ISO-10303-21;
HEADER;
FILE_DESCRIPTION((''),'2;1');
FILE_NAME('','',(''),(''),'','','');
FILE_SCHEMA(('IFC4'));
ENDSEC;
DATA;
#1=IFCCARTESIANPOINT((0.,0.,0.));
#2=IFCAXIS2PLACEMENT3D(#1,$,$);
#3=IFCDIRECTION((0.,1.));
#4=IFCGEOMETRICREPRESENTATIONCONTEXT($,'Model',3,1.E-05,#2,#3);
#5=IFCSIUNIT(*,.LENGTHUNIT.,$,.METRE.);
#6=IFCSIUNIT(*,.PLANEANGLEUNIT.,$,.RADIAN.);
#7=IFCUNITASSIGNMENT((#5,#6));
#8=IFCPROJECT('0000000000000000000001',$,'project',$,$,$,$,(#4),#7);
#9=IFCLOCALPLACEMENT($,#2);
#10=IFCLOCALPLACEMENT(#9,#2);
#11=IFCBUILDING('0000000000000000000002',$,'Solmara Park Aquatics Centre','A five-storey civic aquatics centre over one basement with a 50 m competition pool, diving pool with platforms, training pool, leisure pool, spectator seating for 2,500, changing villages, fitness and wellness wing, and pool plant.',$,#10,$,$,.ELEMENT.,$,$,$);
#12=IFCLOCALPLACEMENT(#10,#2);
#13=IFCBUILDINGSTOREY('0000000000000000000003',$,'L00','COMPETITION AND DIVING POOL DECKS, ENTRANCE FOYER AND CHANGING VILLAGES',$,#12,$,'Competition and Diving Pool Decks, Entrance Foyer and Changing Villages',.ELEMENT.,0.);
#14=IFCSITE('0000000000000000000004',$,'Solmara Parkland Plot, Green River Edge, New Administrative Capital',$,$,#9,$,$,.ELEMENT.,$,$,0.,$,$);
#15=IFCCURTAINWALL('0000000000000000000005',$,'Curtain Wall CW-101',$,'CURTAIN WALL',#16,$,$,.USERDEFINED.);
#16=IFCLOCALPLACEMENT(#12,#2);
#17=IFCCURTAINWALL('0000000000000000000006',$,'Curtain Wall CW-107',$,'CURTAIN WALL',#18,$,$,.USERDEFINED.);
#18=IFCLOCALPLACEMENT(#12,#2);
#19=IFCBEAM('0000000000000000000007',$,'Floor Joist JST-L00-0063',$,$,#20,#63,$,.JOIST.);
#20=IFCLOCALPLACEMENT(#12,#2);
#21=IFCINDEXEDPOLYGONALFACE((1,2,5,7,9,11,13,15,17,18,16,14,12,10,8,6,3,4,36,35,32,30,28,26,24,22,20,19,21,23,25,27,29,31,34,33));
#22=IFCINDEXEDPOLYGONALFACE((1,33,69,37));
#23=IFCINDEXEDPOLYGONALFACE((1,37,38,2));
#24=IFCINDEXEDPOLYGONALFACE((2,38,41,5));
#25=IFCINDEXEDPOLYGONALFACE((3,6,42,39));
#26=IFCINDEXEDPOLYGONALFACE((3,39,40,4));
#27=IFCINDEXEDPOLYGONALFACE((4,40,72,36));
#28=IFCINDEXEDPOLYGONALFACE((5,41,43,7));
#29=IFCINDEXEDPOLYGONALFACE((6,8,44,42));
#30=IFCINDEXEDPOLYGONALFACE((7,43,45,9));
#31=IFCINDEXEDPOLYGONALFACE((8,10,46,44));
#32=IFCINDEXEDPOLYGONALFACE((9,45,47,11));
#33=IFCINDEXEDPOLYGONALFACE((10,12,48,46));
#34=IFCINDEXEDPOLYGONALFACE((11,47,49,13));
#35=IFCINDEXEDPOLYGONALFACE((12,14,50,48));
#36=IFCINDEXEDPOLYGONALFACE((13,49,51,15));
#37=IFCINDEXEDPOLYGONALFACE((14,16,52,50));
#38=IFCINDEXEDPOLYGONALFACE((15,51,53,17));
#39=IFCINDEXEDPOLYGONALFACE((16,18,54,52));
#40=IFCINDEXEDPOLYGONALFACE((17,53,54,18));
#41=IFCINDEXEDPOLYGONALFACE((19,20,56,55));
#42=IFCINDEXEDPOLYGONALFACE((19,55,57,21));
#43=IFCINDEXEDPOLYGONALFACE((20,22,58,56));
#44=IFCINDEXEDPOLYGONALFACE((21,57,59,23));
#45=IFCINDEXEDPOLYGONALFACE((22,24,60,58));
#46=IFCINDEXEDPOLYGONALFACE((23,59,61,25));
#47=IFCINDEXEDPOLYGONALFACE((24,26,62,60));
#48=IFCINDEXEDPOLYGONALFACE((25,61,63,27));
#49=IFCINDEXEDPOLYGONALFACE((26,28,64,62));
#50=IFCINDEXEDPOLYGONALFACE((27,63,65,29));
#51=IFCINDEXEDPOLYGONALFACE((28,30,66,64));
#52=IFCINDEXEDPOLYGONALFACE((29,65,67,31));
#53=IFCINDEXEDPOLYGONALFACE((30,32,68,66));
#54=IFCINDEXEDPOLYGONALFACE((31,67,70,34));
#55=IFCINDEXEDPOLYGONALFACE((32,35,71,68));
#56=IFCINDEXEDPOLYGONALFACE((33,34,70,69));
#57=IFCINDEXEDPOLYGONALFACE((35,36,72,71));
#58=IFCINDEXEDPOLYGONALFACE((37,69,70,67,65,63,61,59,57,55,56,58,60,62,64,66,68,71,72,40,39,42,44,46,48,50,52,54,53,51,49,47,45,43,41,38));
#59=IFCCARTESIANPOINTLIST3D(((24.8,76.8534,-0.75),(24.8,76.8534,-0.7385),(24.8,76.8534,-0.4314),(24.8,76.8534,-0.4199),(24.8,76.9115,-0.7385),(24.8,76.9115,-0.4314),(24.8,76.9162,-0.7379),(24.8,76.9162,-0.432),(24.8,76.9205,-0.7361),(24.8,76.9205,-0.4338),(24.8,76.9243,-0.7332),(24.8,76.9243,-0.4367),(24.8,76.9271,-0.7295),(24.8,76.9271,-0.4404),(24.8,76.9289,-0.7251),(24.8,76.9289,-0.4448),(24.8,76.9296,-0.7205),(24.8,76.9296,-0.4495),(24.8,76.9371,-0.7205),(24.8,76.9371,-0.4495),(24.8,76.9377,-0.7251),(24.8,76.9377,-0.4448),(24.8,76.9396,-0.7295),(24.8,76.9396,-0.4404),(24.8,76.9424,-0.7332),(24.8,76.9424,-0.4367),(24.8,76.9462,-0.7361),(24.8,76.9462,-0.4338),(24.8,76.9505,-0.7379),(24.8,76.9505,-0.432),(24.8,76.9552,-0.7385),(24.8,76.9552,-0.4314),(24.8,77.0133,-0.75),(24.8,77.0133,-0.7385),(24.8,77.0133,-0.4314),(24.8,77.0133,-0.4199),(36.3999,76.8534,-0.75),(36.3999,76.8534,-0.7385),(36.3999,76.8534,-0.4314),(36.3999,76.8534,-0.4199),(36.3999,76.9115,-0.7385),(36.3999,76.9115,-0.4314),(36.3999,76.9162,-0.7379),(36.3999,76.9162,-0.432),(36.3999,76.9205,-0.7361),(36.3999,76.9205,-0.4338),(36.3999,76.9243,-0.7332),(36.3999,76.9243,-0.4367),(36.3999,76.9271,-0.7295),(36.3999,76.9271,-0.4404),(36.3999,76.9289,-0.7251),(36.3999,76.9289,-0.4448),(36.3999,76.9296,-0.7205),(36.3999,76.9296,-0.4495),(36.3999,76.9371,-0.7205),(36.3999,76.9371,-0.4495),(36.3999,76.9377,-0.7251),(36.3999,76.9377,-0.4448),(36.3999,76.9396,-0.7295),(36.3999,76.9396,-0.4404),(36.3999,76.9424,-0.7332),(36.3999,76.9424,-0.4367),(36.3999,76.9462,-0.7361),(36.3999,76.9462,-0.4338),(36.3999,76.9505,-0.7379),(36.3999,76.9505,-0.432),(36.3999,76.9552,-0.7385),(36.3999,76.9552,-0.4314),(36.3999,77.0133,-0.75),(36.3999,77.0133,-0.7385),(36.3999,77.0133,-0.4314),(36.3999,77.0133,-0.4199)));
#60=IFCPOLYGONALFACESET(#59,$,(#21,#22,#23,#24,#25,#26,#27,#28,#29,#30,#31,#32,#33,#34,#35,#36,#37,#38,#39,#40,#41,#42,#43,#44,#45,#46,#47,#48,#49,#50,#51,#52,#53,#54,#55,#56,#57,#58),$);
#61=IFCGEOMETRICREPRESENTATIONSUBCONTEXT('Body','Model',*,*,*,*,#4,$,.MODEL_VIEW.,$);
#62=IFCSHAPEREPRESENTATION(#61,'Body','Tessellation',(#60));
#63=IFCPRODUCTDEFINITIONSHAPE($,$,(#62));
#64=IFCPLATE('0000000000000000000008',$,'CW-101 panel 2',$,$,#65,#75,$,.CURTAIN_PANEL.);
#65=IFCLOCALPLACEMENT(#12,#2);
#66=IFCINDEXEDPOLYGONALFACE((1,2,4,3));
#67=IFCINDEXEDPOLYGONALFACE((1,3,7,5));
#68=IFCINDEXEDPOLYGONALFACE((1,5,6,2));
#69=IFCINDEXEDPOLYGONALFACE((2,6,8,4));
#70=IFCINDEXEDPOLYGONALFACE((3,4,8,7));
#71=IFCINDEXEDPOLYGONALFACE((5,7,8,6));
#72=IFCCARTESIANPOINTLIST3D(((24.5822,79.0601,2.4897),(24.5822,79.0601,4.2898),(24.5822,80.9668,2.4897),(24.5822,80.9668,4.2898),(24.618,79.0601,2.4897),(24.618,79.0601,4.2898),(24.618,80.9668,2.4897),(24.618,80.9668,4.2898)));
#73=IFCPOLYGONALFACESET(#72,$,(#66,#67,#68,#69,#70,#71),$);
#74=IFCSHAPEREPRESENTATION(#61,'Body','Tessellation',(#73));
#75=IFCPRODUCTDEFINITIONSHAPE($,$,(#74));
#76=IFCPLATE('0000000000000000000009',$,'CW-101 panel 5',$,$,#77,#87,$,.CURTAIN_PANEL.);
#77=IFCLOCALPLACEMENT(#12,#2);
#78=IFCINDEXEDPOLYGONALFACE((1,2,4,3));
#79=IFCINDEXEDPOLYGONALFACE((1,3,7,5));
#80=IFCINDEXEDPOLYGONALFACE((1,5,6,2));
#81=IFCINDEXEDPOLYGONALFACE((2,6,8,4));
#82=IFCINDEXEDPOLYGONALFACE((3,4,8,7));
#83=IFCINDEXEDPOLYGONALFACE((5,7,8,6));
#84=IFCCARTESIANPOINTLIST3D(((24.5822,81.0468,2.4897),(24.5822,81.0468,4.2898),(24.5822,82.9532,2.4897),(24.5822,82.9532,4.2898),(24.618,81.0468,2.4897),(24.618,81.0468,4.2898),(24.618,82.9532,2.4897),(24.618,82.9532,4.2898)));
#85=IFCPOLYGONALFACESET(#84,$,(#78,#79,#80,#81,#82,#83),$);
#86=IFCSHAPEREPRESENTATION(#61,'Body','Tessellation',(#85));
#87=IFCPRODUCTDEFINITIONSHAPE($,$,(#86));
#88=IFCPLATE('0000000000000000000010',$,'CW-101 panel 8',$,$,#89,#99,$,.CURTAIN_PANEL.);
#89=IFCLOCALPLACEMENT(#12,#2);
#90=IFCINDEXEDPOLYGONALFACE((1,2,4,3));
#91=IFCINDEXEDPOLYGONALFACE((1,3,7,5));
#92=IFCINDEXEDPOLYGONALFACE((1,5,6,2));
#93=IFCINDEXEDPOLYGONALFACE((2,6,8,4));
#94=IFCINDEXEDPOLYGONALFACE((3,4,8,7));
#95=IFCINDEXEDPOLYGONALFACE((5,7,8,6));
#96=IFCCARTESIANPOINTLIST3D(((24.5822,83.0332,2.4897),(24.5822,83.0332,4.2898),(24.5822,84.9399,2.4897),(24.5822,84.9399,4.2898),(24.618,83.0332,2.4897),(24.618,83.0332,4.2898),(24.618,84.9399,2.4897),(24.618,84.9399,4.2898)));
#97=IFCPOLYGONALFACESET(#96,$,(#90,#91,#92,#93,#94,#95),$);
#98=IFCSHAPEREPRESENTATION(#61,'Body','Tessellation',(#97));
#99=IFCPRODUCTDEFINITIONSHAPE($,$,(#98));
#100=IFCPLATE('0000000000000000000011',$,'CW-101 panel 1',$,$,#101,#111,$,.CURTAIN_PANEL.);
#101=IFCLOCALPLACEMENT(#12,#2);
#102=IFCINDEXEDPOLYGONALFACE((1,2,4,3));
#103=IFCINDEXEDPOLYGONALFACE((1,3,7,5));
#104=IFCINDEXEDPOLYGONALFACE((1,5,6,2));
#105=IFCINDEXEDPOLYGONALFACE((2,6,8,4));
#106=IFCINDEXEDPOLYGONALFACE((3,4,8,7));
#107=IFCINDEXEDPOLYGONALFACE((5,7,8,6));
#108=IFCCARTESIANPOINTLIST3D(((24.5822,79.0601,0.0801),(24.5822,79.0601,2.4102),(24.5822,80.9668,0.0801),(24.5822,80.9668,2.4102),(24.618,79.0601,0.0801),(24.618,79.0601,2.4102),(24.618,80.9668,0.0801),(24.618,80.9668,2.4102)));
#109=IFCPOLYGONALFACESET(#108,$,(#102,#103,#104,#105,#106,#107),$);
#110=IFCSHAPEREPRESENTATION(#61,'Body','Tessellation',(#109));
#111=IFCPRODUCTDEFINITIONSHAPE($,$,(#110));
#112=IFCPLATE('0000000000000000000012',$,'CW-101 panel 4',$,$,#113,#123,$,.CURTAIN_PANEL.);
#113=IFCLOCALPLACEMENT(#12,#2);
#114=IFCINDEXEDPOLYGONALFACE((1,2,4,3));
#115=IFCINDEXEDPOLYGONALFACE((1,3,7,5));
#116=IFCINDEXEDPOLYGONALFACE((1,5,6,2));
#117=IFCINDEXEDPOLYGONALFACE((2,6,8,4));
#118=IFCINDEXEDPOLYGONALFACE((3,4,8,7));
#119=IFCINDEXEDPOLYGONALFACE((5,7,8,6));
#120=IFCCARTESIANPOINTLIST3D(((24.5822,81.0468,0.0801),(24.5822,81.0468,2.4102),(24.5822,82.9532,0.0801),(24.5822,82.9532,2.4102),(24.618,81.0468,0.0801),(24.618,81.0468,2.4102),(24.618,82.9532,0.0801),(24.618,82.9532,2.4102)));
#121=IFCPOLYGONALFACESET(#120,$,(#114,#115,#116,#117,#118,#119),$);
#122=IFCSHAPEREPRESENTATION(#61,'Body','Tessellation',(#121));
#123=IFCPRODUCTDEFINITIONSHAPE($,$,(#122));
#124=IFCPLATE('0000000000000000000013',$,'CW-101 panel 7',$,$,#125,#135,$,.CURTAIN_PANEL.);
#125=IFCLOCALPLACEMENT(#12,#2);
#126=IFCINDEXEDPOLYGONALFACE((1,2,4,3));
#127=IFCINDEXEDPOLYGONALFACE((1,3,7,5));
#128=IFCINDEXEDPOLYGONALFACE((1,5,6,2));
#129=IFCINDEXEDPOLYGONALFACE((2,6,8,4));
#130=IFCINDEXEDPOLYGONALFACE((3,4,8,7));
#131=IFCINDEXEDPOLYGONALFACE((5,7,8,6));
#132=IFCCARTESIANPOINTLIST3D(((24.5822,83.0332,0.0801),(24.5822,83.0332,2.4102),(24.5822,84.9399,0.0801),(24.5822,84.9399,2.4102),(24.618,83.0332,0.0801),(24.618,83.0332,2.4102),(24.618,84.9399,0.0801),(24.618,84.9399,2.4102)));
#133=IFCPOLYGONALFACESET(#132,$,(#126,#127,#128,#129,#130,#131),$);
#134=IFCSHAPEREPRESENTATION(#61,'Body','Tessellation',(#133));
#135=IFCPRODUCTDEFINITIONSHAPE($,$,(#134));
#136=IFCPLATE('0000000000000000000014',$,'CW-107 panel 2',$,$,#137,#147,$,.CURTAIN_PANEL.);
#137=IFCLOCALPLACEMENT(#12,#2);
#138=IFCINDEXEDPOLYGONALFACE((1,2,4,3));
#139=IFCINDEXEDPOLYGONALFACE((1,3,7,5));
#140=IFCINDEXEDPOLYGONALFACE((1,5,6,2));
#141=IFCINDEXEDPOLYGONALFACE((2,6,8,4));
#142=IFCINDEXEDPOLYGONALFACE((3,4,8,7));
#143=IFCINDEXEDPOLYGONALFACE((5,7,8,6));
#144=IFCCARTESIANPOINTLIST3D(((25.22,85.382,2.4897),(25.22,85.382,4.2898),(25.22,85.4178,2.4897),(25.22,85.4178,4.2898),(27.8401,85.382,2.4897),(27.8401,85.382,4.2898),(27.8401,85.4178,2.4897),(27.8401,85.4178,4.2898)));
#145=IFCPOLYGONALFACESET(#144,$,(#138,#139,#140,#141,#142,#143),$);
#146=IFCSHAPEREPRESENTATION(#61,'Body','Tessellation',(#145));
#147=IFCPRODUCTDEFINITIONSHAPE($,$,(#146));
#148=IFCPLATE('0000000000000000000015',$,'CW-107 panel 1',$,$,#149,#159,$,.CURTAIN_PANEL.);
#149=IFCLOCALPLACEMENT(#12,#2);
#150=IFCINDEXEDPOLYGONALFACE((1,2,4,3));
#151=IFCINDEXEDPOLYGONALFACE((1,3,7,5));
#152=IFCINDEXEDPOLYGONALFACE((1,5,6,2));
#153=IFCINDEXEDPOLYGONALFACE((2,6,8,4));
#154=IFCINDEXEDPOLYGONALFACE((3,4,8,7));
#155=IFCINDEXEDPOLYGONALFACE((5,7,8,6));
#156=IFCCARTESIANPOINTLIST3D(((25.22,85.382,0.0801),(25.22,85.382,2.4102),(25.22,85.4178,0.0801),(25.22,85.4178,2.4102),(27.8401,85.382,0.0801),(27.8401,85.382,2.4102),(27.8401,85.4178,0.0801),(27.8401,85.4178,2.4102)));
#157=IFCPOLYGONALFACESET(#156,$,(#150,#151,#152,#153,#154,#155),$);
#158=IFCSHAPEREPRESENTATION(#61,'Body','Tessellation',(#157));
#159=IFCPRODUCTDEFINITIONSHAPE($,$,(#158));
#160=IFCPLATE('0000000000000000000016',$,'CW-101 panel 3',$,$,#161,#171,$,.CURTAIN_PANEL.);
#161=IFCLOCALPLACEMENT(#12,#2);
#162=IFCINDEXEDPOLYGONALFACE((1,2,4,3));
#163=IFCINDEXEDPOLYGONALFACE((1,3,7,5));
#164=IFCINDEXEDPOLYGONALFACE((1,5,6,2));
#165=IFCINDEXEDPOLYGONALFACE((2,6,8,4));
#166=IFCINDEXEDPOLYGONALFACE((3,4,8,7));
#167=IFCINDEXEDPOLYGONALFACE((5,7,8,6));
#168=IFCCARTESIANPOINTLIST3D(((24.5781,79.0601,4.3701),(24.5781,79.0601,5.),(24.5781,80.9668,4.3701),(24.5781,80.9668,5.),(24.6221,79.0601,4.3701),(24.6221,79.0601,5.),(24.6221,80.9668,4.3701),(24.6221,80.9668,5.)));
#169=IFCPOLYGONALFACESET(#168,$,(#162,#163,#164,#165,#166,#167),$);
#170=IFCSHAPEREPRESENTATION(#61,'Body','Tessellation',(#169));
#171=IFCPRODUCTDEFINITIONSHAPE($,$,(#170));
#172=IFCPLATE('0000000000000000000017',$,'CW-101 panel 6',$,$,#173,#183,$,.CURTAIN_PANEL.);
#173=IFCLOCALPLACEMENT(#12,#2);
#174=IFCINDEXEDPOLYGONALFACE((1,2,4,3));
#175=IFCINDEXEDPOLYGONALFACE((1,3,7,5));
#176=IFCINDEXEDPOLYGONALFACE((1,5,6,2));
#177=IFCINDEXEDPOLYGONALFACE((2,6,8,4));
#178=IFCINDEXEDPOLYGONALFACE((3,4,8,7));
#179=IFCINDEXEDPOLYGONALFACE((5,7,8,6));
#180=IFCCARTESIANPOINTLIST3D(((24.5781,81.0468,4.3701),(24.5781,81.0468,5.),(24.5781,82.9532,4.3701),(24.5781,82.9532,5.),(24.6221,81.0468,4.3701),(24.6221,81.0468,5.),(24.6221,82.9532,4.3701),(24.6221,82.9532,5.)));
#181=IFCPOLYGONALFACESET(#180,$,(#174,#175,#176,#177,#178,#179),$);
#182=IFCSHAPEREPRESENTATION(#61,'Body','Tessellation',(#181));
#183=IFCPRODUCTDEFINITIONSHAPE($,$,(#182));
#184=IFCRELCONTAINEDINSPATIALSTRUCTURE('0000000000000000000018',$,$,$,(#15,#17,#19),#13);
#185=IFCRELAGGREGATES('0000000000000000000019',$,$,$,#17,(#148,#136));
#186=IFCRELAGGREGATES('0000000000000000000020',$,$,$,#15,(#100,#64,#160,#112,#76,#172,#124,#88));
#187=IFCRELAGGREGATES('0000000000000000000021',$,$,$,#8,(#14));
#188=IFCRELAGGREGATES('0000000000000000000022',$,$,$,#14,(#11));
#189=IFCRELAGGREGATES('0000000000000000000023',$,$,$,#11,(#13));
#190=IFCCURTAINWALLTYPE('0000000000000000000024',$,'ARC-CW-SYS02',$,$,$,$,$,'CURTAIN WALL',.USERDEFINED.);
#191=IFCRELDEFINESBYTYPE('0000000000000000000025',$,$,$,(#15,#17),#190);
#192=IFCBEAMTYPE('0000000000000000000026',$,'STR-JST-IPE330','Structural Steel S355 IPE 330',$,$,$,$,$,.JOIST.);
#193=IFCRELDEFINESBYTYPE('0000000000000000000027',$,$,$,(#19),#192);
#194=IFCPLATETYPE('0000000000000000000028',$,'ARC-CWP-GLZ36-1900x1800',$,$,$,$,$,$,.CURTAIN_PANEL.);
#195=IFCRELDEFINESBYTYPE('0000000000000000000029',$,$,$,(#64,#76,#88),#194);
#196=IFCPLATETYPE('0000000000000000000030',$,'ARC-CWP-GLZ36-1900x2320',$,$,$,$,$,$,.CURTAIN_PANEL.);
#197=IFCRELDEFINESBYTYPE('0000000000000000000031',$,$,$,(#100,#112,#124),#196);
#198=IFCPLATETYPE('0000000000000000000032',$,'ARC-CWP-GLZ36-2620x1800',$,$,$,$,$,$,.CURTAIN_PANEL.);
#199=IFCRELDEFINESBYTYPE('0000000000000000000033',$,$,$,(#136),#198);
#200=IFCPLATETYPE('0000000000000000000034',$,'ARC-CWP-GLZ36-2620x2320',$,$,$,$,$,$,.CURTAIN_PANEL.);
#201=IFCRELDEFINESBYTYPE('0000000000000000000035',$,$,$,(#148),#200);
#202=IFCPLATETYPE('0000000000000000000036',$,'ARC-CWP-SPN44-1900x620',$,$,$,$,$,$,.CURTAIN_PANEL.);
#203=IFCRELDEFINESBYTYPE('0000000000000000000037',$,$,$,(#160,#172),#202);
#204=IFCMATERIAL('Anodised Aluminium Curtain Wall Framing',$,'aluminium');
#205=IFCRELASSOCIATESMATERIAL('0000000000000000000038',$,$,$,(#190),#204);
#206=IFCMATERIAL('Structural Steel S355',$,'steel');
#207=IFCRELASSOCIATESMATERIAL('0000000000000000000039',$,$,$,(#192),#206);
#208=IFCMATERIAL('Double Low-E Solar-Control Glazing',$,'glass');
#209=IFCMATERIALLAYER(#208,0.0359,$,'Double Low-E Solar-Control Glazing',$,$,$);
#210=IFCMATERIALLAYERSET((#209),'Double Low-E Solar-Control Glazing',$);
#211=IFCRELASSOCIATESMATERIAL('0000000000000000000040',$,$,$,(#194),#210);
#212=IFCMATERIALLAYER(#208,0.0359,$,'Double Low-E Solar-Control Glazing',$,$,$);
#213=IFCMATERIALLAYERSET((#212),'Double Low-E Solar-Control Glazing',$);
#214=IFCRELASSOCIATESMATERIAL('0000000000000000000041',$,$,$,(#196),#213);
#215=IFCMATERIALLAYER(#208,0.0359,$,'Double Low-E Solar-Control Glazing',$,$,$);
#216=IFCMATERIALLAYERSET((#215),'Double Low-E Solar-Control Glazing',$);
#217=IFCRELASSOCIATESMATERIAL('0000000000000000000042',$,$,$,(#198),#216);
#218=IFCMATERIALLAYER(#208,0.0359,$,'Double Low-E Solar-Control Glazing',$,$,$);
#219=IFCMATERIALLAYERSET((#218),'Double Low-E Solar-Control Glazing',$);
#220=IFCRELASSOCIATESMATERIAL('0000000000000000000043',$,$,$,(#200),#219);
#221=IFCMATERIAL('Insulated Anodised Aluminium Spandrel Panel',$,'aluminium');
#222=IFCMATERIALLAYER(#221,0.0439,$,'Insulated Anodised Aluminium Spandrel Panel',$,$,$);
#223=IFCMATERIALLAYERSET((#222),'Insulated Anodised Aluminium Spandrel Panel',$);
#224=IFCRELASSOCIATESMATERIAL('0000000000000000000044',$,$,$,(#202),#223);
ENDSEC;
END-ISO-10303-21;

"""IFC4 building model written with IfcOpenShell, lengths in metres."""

from ifc_helpers import new_model, si_unit, direction, frame, origin, origin_2d, place, context, subcontext, project, spatial, rectangle, i_section, extrude, material, layer, layer_set, material_profile, profile_set, type_object, element, aggregate, save


model = new_model("IFC4")

# Units and contexts
model_context = context("Model", 3, precision=1e-05, world=origin(), true_north=direction((0.0, 1.0)))
body_context = subcontext(model_context, "Body", "Model", "MODEL_VIEW")
ifc_project = project(units=[si_unit("LENGTHUNIT", "METRE"), si_unit("PLANEANGLEUNIT", "RADIAN")], contexts=[model_context])

# Site, building, storey
site_placement = place(None, origin())
site = spatial("IfcSite", under=ifc_project, at=site_placement, Name="Solmara Parkland Plot, Green River Edge, New Administrative Capital", CompositionType="ELEMENT", RefElevation=0.0)
building_placement = place(site_placement, origin())
building = spatial("IfcBuilding", under=site, at=building_placement, Name="Solmara Park Aquatics Centre", Description="A five-storey civic aquatics centre over one basement with a 50 m competition pool, diving pool with platforms, training pool, leisure pool, spectator seating for 2,500, changing villages, fitness and wellness wing, and pool plant.", CompositionType="ELEMENT")
storey_placement = place(building_placement, origin())
storey = spatial("IfcBuildingStorey", under=building, at=storey_placement, Name="L00", Description="COMPETITION AND DIVING POOL DECKS, ENTRANCE FOYER AND CHANGING VILLAGES", LongName="Competition and Diving Pool Decks, Entrance Foyer and Changing Villages", CompositionType="ELEMENT", Elevation=0.0)

# Curtain wall
ifc_material_1 = material(Name="Anodised Aluminium Curtain Wall Framing", Category="aluminium")
curtain_wall_type = type_object("IfcCurtainWallType", Name="ARC-CW-SYS02", ElementType="CURTAIN WALL", PredefinedType="USERDEFINED", material=ifc_material_1)
curtain_wall_1_placement = place(storey_placement, origin())
curtain_wall_1 = element("IfcCurtainWall", 1, at=curtain_wall_1_placement, inside=storey, type_object=curtain_wall_type, Name="Curtain Wall CW-101", ObjectType="CURTAIN WALL", PredefinedType="USERDEFINED")

# Curtain wall
curtain_wall_2_placement = place(storey_placement, origin())
curtain_wall_2 = element("IfcCurtainWall", 2, at=curtain_wall_2_placement, inside=storey, type_object=curtain_wall_type, Name="Curtain Wall CW-107", ObjectType="CURTAIN WALL", PredefinedType="USERDEFINED")

# Beam
ifc_material_2 = material(Name="Structural Steel S355", Category="steel")
ifc_material_profile_1 = material_profile(ifc_material_2, i_section(OverallWidth=0.1599, OverallDepth=0.3301, WebThickness=0.0076, FlangeThickness=0.0115, FilletRadius=0.0181, at=origin_2d()), Name="IPE 330")
ifc_profile_set_1 = profile_set([ifc_material_profile_1], Name="Structural Steel S355")
beam_type_1 = type_object("IfcBeamType", Name="STR-JST-IPE330", Description="Structural Steel S355 IPE 330", PredefinedType="JOIST", material=ifc_profile_set_1)
beam_1_placement = place(storey_placement, frame((24.8, 76.9333, -0.585), z_axis=(1.0, 0.0, 0.0), x_axis=(0.0, 1.0, 0.0)))
element("IfcBeam", 3, at=beam_1_placement, inside=storey, type_object=beam_type_1, Name="Floor Joist JST-L00-0063", PredefinedType="JOIST", context=body_context, shape_type="SweptSolid", body=[
    extrude(i_section(OverallWidth=0.1599, OverallDepth=0.3301, WebThickness=0.0076, FlangeThickness=0.0115, FilletRadius=0.0181, at=origin_2d()), origin(), (0.0, 0.0, 1.0), 11.5999),
])

# Plates
ifc_material_3 = material(Name="Double Low-E Solar-Control Glazing", Category="glass")
ifc_layer_1 = layer(ifc_material_3, 0.0359, Name="Double Low-E Solar-Control Glazing")
ifc_layer_set_1 = layer_set([ifc_layer_1], Name="Double Low-E Solar-Control Glazing")
plate_type_1 = type_object("IfcPlateType", Name="ARC-CWP-GLZ36-1900x1800", PredefinedType="CURTAIN_PANEL", material=ifc_layer_set_1)
plate_1_placement = place(storey_placement, frame((24.6001, 80.0134, 2.4897), z_axis=(0.0, 0.0, 1.0), x_axis=(0.0, 1.0, 0.0)))
plate_1 = element("IfcPlate", 4, at=plate_1_placement, type_object=plate_type_1, Name="CW-101 panel 2", PredefinedType="CURTAIN_PANEL", context=body_context, shape_type="SweptSolid", body=[
    extrude(rectangle(XDim=1.9067, YDim=0.0359, at=origin_2d()), origin(), (0.0, 0.0, 1.0), 1.8),
])
plate_2_placement = place(storey_placement, frame((24.6001, 82.0, 2.4897), z_axis=(0.0, 0.0, 1.0), x_axis=(0.0, 1.0, 0.0)))
plate_2 = element("IfcPlate", 5, at=plate_2_placement, type_object=plate_type_1, Name="CW-101 panel 5", PredefinedType="CURTAIN_PANEL", context=body_context, shape_type="SweptSolid", body=[
    extrude(rectangle(XDim=1.9065, YDim=0.0359, at=origin_2d()), origin(), (0.0, 0.0, 1.0), 1.8),
])
plate_3_placement = place(storey_placement, frame((24.6001, 83.9866, 2.4897), z_axis=(0.0, 0.0, 1.0), x_axis=(0.0, 1.0, 0.0)))
plate_3 = element("IfcPlate", 6, at=plate_3_placement, type_object=plate_type_1, Name="CW-101 panel 8", PredefinedType="CURTAIN_PANEL", context=body_context, shape_type="SweptSolid", body=[
    extrude(rectangle(XDim=1.9067, YDim=0.0359, at=origin_2d()), origin(), (0.0, 0.0, 1.0), 1.8),
])
ifc_layer_2 = layer(ifc_material_3, 0.0359, Name="Double Low-E Solar-Control Glazing")
ifc_layer_set_2 = layer_set([ifc_layer_2], Name="Double Low-E Solar-Control Glazing")
plate_type_2 = type_object("IfcPlateType", Name="ARC-CWP-GLZ36-1900x2320", PredefinedType="CURTAIN_PANEL", material=ifc_layer_set_2)
plate_4_placement = place(storey_placement, frame((24.6001, 80.0134, 0.0801), z_axis=(0.0, 0.0, 1.0), x_axis=(0.0, 1.0, 0.0)))
plate_4 = element("IfcPlate", 7, at=plate_4_placement, type_object=plate_type_2, Name="CW-101 panel 1", PredefinedType="CURTAIN_PANEL", context=body_context, shape_type="SweptSolid", body=[
    extrude(rectangle(XDim=1.9067, YDim=0.0359, at=origin_2d()), origin(), (0.0, 0.0, 1.0), 2.3301),
])
plate_5_placement = place(storey_placement, frame((24.6001, 82.0, 0.0801), z_axis=(0.0, 0.0, 1.0), x_axis=(0.0, 1.0, 0.0)))
plate_5 = element("IfcPlate", 8, at=plate_5_placement, type_object=plate_type_2, Name="CW-101 panel 4", PredefinedType="CURTAIN_PANEL", context=body_context, shape_type="SweptSolid", body=[
    extrude(rectangle(XDim=1.9065, YDim=0.0359, at=origin_2d()), origin(), (0.0, 0.0, 1.0), 2.3301),
])
plate_6_placement = place(storey_placement, frame((24.6001, 83.9866, 0.0801), z_axis=(0.0, 0.0, 1.0), x_axis=(0.0, 1.0, 0.0)))
plate_6 = element("IfcPlate", 9, at=plate_6_placement, type_object=plate_type_2, Name="CW-101 panel 7", PredefinedType="CURTAIN_PANEL", context=body_context, shape_type="SweptSolid", body=[
    extrude(rectangle(XDim=1.9067, YDim=0.0359, at=origin_2d()), origin(), (0.0, 0.0, 1.0), 2.3301),
])
ifc_layer_3 = layer(ifc_material_3, 0.0359, Name="Double Low-E Solar-Control Glazing")
ifc_layer_set_3 = layer_set([ifc_layer_3], Name="Double Low-E Solar-Control Glazing")
plate_type_3 = type_object("IfcPlateType", Name="ARC-CWP-GLZ36-2620x1800", PredefinedType="CURTAIN_PANEL", material=ifc_layer_set_3)
plate_7_placement = place(storey_placement, frame((26.53, 85.3999, 2.4897), z_axis=(0.0, 0.0, 1.0), x_axis=(1.0, 0.0, 0.0)))
plate_7 = element("IfcPlate", 10, at=plate_7_placement, type_object=plate_type_3, Name="CW-107 panel 2", PredefinedType="CURTAIN_PANEL", context=body_context, shape_type="SweptSolid", body=[
    extrude(rectangle(XDim=2.6201, YDim=0.0359, at=origin_2d()), origin(), (0.0, 0.0, 1.0), 1.8),
])
ifc_layer_4 = layer(ifc_material_3, 0.0359, Name="Double Low-E Solar-Control Glazing")
ifc_layer_set_4 = layer_set([ifc_layer_4], Name="Double Low-E Solar-Control Glazing")
plate_type_4 = type_object("IfcPlateType", Name="ARC-CWP-GLZ36-2620x2320", PredefinedType="CURTAIN_PANEL", material=ifc_layer_set_4)
plate_8_placement = place(storey_placement, frame((26.53, 85.3999, 0.0801), z_axis=(0.0, 0.0, 1.0), x_axis=(1.0, 0.0, 0.0)))
plate_8 = element("IfcPlate", 11, at=plate_8_placement, type_object=plate_type_4, Name="CW-107 panel 1", PredefinedType="CURTAIN_PANEL", context=body_context, shape_type="SweptSolid", body=[
    extrude(rectangle(XDim=2.6201, YDim=0.0359, at=origin_2d()), origin(), (0.0, 0.0, 1.0), 2.3301),
])
aggregate(curtain_wall_2, [plate_8, plate_7])
ifc_material_4 = material(Name="Insulated Anodised Aluminium Spandrel Panel", Category="aluminium")
ifc_layer_5 = layer(ifc_material_4, 0.0439, Name="Insulated Anodised Aluminium Spandrel Panel")
ifc_layer_set_5 = layer_set([ifc_layer_5], Name="Insulated Anodised Aluminium Spandrel Panel")
plate_type_5 = type_object("IfcPlateType", Name="ARC-CWP-SPN44-1900x620", PredefinedType="CURTAIN_PANEL", material=ifc_layer_set_5)
plate_9_placement = place(storey_placement, frame((24.6001, 80.0134, 4.3701), z_axis=(0.0, 0.0, 1.0), x_axis=(0.0, 1.0, 0.0)))
plate_9 = element("IfcPlate", 12, at=plate_9_placement, type_object=plate_type_5, Name="CW-101 panel 3", PredefinedType="CURTAIN_PANEL", context=body_context, shape_type="SweptSolid", body=[
    extrude(rectangle(XDim=1.9067, YDim=0.0439, at=origin_2d()), origin(), (0.0, 0.0, 1.0), 0.6299),
])
plate_10_placement = place(storey_placement, frame((24.6001, 82.0, 4.3701), z_axis=(0.0, 0.0, 1.0), x_axis=(0.0, 1.0, 0.0)))
plate_10 = element("IfcPlate", 13, at=plate_10_placement, type_object=plate_type_5, Name="CW-101 panel 6", PredefinedType="CURTAIN_PANEL", context=body_context, shape_type="SweptSolid", body=[
    extrude(rectangle(XDim=1.9065, YDim=0.0439, at=origin_2d()), origin(), (0.0, 0.0, 1.0), 0.6299),
])
aggregate(curtain_wall_1, [plate_4, plate_1, plate_9, plate_5, plate_2, plate_10, plate_6, plate_3])

save(model, "model.ifc")
